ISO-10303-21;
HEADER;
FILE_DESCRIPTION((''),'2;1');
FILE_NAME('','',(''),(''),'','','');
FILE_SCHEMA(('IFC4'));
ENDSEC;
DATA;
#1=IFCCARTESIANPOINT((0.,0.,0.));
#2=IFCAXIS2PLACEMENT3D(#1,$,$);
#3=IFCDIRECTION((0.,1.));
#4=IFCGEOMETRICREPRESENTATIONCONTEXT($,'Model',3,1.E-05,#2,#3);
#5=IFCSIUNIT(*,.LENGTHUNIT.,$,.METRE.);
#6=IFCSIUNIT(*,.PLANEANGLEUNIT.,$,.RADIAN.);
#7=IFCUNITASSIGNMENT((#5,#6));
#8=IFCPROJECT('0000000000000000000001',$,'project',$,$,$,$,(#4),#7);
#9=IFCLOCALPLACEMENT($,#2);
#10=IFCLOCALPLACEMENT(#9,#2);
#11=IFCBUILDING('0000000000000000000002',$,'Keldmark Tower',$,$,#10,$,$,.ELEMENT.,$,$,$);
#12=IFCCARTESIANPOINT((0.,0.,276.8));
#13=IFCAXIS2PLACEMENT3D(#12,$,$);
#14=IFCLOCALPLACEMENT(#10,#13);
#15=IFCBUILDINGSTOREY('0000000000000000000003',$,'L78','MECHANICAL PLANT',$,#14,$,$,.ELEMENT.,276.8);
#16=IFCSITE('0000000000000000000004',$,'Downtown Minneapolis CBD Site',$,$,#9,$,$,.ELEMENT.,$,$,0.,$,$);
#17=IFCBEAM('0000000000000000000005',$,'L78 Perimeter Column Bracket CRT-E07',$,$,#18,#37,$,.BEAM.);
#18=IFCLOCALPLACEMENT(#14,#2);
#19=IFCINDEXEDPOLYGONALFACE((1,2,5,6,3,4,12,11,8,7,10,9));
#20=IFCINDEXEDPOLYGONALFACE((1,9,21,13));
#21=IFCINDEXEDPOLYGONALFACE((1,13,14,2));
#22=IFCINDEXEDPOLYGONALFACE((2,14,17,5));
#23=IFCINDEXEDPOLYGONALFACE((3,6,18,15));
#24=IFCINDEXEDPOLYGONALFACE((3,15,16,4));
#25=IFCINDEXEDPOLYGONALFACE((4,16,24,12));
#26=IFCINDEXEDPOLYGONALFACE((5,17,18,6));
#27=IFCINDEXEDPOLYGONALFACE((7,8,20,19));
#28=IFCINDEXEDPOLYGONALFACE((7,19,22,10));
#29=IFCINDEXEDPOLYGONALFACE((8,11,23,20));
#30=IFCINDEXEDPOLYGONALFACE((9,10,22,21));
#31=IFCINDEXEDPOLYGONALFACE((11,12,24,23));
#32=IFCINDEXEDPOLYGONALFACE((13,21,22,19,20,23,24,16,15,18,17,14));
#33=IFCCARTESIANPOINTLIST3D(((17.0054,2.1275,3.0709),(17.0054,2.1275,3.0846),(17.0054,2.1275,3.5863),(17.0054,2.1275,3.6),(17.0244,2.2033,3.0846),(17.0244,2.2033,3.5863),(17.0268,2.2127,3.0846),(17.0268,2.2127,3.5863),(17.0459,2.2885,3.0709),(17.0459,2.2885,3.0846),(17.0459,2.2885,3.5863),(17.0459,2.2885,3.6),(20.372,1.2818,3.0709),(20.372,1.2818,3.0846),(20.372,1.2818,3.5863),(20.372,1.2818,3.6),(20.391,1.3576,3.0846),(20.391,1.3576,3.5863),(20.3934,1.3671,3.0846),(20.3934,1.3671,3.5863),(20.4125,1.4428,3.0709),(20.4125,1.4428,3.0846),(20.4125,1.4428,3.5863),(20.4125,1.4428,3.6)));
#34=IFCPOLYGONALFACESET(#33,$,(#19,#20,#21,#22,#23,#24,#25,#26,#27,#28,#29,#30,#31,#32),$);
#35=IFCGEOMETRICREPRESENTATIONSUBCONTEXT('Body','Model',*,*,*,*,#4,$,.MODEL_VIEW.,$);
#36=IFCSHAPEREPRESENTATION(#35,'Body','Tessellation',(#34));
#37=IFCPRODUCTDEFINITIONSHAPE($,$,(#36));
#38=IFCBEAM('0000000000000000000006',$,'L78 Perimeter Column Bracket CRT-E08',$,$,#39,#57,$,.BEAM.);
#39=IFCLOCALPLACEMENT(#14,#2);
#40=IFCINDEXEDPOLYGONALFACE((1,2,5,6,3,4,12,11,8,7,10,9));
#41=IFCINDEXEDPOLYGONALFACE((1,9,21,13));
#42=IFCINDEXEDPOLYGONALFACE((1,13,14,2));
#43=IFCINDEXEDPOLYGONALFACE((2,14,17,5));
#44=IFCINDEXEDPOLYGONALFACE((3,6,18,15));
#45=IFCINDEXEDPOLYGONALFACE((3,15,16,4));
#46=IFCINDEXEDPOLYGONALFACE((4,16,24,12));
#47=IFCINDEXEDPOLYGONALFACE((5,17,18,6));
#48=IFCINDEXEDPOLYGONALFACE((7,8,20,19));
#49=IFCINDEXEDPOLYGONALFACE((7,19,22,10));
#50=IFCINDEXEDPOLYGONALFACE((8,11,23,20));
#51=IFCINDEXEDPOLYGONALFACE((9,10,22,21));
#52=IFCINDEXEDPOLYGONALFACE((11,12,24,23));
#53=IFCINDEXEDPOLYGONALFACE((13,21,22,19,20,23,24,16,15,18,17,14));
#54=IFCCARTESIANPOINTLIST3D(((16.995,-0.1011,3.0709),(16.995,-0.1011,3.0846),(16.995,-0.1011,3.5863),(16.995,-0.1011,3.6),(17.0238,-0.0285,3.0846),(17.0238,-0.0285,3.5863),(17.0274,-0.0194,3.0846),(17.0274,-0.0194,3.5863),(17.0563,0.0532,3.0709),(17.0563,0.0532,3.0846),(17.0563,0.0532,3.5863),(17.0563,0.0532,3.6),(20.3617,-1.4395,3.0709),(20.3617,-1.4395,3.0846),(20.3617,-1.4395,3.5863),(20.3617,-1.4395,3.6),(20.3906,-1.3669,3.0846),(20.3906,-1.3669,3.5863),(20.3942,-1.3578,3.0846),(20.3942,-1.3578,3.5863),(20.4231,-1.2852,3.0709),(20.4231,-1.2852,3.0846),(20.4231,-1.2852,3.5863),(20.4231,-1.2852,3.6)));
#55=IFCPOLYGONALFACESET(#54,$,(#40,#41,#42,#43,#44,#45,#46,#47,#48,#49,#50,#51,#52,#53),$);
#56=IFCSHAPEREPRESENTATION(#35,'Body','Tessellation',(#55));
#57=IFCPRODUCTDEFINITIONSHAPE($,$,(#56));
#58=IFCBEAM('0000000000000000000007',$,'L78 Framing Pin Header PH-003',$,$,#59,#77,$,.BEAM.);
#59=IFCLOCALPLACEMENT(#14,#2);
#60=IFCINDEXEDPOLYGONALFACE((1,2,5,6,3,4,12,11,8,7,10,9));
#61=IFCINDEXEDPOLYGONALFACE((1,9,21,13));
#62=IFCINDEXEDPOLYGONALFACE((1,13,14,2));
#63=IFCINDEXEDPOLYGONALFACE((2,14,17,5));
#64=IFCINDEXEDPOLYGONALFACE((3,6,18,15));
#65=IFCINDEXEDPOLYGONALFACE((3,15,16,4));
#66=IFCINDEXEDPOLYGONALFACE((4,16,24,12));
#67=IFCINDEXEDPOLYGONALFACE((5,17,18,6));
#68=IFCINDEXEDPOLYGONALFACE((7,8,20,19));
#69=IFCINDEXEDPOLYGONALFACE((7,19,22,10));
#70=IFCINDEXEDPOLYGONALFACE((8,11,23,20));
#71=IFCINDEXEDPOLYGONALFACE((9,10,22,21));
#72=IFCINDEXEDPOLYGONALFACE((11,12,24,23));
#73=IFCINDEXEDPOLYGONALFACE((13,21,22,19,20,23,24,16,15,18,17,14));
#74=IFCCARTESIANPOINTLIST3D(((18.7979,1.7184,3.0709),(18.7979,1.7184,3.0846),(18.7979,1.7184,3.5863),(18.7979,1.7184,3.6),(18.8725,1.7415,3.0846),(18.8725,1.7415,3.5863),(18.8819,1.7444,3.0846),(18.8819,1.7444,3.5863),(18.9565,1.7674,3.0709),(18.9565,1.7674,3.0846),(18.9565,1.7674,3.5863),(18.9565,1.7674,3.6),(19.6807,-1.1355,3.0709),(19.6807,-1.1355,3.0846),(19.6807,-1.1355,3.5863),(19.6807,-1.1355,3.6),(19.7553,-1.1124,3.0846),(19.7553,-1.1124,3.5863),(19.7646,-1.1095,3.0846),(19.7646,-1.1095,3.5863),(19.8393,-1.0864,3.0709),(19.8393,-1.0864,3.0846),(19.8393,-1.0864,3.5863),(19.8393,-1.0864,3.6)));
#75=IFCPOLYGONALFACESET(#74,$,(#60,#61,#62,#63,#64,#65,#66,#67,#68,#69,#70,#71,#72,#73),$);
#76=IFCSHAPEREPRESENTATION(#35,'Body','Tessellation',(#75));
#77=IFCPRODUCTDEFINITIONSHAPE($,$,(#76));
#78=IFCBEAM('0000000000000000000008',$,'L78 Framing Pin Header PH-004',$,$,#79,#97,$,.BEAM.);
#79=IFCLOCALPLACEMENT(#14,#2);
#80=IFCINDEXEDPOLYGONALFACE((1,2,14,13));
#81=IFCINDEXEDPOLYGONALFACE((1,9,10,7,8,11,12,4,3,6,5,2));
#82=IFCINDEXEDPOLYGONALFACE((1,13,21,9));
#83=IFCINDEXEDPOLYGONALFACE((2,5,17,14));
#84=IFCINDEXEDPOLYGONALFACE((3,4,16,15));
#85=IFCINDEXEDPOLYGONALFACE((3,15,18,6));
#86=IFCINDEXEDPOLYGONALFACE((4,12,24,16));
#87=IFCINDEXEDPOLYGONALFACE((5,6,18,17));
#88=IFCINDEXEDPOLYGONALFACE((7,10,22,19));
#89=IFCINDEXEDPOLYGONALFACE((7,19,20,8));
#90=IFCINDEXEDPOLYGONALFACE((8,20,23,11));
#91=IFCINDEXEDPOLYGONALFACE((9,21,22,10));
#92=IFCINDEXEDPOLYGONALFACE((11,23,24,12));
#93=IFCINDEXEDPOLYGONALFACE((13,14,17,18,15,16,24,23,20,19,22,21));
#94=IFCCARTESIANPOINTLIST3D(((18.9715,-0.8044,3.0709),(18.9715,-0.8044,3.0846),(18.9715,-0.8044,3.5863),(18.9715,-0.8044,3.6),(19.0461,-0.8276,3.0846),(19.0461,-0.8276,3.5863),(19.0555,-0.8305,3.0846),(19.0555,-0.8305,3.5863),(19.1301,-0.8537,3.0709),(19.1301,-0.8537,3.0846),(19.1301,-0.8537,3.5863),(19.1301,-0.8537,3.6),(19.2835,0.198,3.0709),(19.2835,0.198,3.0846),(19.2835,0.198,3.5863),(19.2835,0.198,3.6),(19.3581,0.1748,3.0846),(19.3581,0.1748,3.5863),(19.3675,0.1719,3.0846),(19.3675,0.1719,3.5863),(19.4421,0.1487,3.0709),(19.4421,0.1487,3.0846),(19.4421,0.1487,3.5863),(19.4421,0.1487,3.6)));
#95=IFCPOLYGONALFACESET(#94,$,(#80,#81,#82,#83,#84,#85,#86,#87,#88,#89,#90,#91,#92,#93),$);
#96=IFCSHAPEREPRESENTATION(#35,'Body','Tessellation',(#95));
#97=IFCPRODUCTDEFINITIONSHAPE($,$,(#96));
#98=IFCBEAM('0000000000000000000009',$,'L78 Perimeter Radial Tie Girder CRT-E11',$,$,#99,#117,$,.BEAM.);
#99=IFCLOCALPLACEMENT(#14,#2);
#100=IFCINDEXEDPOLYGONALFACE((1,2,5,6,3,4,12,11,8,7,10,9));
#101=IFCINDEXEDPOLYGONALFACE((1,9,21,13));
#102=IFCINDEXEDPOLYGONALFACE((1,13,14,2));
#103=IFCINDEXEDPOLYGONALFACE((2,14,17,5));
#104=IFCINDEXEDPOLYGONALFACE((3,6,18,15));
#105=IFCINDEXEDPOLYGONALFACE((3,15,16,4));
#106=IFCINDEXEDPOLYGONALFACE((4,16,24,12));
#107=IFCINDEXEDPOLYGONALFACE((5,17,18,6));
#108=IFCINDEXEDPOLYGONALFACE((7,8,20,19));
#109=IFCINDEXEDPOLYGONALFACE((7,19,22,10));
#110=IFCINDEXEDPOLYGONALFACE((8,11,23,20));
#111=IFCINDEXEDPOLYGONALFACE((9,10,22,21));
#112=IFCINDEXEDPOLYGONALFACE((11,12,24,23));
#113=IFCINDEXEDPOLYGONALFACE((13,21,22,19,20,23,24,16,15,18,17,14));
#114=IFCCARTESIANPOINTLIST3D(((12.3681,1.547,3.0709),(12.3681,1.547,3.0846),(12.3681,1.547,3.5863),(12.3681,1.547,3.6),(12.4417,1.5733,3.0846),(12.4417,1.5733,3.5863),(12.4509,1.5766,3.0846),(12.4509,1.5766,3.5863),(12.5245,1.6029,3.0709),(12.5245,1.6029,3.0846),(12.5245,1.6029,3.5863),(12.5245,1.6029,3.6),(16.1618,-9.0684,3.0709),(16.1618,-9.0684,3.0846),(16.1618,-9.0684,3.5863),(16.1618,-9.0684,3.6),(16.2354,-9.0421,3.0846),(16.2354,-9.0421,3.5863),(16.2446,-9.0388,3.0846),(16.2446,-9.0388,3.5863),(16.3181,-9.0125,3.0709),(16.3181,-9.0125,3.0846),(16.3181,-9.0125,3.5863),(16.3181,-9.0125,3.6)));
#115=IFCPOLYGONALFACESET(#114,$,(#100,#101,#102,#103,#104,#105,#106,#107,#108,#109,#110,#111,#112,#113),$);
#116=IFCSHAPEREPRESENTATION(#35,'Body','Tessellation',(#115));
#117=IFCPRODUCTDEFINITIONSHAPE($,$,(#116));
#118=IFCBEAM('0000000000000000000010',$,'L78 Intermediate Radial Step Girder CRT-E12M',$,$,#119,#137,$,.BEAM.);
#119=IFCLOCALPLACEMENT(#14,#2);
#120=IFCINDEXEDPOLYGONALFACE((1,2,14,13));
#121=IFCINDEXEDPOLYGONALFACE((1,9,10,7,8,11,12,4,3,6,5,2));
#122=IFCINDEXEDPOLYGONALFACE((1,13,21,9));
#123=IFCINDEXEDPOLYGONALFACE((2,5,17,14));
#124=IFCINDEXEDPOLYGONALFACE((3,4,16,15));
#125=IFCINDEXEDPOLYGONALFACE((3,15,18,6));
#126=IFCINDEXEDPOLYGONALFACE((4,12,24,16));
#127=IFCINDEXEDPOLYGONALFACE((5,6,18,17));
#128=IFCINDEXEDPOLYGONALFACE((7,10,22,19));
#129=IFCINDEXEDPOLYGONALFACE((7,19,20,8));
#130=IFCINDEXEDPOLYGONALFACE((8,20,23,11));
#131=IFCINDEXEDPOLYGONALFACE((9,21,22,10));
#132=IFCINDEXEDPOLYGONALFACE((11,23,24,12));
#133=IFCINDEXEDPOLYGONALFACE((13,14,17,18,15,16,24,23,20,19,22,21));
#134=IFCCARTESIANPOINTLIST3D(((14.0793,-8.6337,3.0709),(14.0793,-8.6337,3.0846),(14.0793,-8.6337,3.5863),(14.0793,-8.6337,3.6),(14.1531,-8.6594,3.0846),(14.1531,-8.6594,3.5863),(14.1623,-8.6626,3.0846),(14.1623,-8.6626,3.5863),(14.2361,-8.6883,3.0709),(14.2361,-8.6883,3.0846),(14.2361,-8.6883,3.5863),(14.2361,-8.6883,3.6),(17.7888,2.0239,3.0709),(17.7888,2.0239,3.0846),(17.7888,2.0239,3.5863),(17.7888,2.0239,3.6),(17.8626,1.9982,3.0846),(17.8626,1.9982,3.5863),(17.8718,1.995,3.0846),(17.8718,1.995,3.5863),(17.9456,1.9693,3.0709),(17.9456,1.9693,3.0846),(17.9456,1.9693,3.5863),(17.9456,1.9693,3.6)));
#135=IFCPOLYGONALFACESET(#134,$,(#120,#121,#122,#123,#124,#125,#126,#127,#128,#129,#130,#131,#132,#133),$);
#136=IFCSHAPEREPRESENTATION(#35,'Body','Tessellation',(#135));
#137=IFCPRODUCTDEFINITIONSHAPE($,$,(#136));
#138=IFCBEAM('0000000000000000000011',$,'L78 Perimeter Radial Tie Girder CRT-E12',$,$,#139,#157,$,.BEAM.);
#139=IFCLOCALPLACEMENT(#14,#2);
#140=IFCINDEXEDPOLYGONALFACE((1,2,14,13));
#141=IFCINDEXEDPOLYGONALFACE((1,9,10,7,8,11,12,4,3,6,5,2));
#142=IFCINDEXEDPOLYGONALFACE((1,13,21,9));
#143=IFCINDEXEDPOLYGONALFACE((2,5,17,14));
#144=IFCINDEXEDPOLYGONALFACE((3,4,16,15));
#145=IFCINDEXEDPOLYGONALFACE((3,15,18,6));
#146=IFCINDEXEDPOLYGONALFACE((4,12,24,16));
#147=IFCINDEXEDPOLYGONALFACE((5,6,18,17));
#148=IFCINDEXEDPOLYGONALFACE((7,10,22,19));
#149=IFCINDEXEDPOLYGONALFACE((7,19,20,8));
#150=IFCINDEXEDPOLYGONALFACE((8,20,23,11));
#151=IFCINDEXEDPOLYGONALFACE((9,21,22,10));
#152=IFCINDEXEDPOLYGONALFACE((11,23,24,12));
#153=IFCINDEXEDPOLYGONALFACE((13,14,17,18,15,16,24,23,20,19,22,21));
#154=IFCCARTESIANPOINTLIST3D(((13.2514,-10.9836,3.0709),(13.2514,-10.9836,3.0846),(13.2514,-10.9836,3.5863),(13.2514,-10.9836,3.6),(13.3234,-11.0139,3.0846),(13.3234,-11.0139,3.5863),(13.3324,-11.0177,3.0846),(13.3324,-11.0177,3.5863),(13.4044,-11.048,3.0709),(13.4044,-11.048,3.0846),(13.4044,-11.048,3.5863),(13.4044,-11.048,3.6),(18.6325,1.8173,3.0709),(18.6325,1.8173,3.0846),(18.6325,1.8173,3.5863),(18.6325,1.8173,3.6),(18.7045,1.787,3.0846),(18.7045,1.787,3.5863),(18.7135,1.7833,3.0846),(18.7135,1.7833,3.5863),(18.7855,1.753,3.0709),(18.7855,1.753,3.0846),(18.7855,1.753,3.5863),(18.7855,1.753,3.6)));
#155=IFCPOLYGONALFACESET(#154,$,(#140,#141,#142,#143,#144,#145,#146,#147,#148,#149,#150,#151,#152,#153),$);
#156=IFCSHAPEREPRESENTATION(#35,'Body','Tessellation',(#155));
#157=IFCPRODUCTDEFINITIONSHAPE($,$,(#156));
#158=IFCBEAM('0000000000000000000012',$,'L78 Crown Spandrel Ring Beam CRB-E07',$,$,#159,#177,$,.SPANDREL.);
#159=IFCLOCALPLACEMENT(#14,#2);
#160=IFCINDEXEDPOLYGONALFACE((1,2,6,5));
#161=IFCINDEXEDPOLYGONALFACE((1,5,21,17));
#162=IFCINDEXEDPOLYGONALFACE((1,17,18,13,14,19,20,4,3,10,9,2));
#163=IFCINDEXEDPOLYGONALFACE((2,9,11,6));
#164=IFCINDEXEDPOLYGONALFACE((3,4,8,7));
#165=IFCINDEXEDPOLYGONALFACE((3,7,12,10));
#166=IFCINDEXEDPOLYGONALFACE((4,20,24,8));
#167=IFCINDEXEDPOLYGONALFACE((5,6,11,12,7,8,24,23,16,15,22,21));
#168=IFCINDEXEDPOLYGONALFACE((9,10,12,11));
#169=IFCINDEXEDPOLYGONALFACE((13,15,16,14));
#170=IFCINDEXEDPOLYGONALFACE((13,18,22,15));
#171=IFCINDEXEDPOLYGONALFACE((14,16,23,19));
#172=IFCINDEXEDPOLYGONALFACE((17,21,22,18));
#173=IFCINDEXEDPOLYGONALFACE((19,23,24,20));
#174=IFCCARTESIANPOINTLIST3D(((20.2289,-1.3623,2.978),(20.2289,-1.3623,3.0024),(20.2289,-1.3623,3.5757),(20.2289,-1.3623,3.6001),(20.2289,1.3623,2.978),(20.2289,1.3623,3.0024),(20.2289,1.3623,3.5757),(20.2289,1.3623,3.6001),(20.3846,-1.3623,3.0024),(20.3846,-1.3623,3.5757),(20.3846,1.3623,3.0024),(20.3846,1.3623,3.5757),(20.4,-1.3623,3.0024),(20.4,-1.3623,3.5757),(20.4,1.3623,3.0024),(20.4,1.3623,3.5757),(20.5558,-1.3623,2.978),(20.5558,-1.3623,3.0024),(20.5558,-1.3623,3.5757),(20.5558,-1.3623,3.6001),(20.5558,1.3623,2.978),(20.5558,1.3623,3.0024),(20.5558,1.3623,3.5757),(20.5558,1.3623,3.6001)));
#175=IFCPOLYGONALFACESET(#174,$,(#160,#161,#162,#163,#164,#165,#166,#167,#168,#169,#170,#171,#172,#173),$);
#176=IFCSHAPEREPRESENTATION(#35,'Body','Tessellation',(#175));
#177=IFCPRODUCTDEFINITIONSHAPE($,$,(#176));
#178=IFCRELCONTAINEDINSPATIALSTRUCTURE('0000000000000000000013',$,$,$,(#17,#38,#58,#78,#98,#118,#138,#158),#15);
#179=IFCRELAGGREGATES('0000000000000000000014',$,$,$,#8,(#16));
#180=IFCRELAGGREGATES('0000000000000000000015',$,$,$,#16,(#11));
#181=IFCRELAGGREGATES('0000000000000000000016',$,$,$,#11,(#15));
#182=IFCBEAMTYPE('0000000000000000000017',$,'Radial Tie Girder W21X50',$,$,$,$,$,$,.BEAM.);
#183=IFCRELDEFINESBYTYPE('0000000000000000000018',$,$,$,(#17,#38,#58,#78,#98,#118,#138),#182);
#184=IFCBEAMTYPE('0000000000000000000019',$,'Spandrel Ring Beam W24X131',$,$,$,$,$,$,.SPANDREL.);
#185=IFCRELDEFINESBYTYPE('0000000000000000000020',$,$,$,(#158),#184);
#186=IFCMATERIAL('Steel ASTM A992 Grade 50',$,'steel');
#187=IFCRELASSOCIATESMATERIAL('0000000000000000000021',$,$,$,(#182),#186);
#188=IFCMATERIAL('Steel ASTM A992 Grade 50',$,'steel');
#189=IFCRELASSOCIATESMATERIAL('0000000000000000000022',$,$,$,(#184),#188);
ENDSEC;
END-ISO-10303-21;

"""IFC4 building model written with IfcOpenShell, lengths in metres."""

from ifc_helpers import new_model, si_unit, direction, frame, origin, origin_2d, place, context, subcontext, project, spatial, i_section, extrude, material, material_profile, profile_set, type_object, element, save


model = new_model("IFC4")

# Units and contexts
model_context = context("Model", 3, precision=1e-05, world=origin(), true_north=direction((0.0, 1.0)))
body_context = subcontext(model_context, "Body", "Model", "MODEL_VIEW")
ifc_project = project(units=[si_unit("LENGTHUNIT", "METRE"), si_unit("PLANEANGLEUNIT", "RADIAN")], contexts=[model_context])

# Site, building, storey
site_placement = place(None, origin())
site = spatial("IfcSite", under=ifc_project, at=site_placement, Name="Downtown Minneapolis CBD Site", CompositionType="ELEMENT", RefElevation=0.0)
building_placement = place(site_placement, origin())
building = spatial("IfcBuilding", under=site, at=building_placement, Name="Keldmark Tower", CompositionType="ELEMENT")
storey_placement = place(building_placement, frame((0.0, 0.0, 276.8)))
storey = spatial("IfcBuildingStorey", under=building, at=storey_placement, Name="L78", Description="MECHANICAL PLANT", CompositionType="ELEMENT", Elevation=276.8)

# Beams
ifc_material_1 = material(Name="Steel ASTM A992 Grade 50", Category="steel")
ifc_material_profile_1 = material_profile(ifc_material_1, i_section(OverallWidth=0.166, OverallDepth=0.5291, WebThickness=0.0098, FlangeThickness=0.0137, at=origin_2d()), Name="W21X50")
ifc_profile_set_1 = profile_set([ifc_material_profile_1], Name="Steel ASTM A992 Grade 50")
beam_type_1 = type_object("IfcBeamType", Name="Radial Tie Girder W21X50", PredefinedType="BEAM", material=ifc_profile_set_1)
beam_1_placement = place(storey_placement, frame((17.0256, 2.208, 3.3354), z_axis=(0.969869, -0.243628, 0.0), x_axis=(0.243628, 0.969869, 0.0)))
element("IfcBeam", 1, at=beam_1_placement, inside=storey, type_object=beam_type_1, Name="L78 Perimeter Column Bracket CRT-E07", PredefinedType="BEAM", context=body_context, shape_type="SweptSolid", body=[
    extrude(i_section(OverallWidth=0.166, OverallDepth=0.5291, WebThickness=0.0098, FlangeThickness=0.0137, at=origin_2d()), origin(), (0.0, 0.0, 1.0), 3.4712),
])
beam_2_placement = place(storey_placement, frame((17.0256, -0.0239, 3.3354), z_axis=(0.929265, -0.369415, 0.0), x_axis=(0.369415, 0.929265, 0.0)))
element("IfcBeam", 2, at=beam_2_placement, inside=storey, type_object=beam_type_1, Name="L78 Perimeter Column Bracket CRT-E08", PredefinedType="BEAM", context=body_context, shape_type="SweptSolid", body=[
    extrude(i_section(OverallWidth=0.166, OverallDepth=0.5291, WebThickness=0.0098, FlangeThickness=0.0137, at=origin_2d()), origin(), (0.0, 0.0, 1.0), 3.623),
])
beam_3_placement = place(storey_placement, frame((18.8772, 1.7429, 3.3354), z_axis=(0.29551, -0.95534, 0.0), x_axis=(0.95534, 0.29551, 0.0)))
element("IfcBeam", 3, at=beam_3_placement, inside=storey, type_object=beam_type_1, Name="L78 Framing Pin Header PH-003", PredefinedType="BEAM", context=body_context, shape_type="SweptSolid", body=[
    extrude(i_section(OverallWidth=0.166, OverallDepth=0.5291, WebThickness=0.0098, FlangeThickness=0.0137, at=origin_2d()), origin(), (0.0, 0.0, 1.0), 2.9873),
])
beam_4_placement = place(storey_placement, frame((19.3628, 0.1733, 3.3354), z_axis=(-0.297189, -0.954819, 0.0), x_axis=(0.954819, -0.297189, 0.0)))
element("IfcBeam", 4, at=beam_4_placement, inside=storey, type_object=beam_type_1, Name="L78 Framing Pin Header PH-004", PredefinedType="BEAM", context=body_context, shape_type="SweptSolid", body=[
    extrude(i_section(OverallWidth=0.166, OverallDepth=0.5291, WebThickness=0.0098, FlangeThickness=0.0137, at=origin_2d()), origin(), (0.0, 0.0, 1.0), 1.0498),
])
beam_5_placement = place(storey_placement, frame((12.4463, 1.575, 3.3354), z_axis=(0.33653, -0.941673, 0.0), x_axis=(0.941673, 0.33653, 0.0)))
element("IfcBeam", 5, at=beam_5_placement, inside=storey, type_object=beam_type_1, Name="L78 Perimeter Radial Tie Girder CRT-E11", PredefinedType="BEAM", context=body_context, shape_type="SweptSolid", body=[
    extrude(i_section(OverallWidth=0.166, OverallDepth=0.5291, WebThickness=0.0098, FlangeThickness=0.0137, at=origin_2d()), origin(), (0.0, 0.0, 1.0), 11.2729),
])
beam_6_placement = place(storey_placement, frame((17.8672, 1.9966, 3.3354), z_axis=(-0.32872, -0.944427, 0.0), x_axis=(0.944427, -0.32872, 0.0)))
element("IfcBeam", 6, at=beam_6_placement, inside=storey, type_object=beam_type_1, Name="L78 Intermediate Radial Step Girder CRT-E12M", PredefinedType="BEAM", context=body_context, shape_type="SweptSolid", body=[
    extrude(i_section(OverallWidth=0.166, OverallDepth=0.5291, WebThickness=0.0098, FlangeThickness=0.0137, at=origin_2d()), origin(), (0.0, 0.0, 1.0), 11.2847),
])
beam_7_placement = place(storey_placement, frame((18.709, 1.7852, 3.3354), z_axis=(-0.387519, -0.921862, 0.0), x_axis=(0.921862, -0.387519, 0.0)))
element("IfcBeam", 7, at=beam_7_placement, inside=storey, type_object=beam_type_1, Name="L78 Perimeter Radial Tie Girder CRT-E12", PredefinedType="BEAM", context=body_context, shape_type="SweptSolid", body=[
    extrude(i_section(OverallWidth=0.166, OverallDepth=0.5291, WebThickness=0.0098, FlangeThickness=0.0137, at=origin_2d()), origin(), (0.0, 0.0, 1.0), 13.886),
])
ifc_material_2 = material(Name="Steel ASTM A992 Grade 50", Category="steel")
ifc_material_profile_2 = material_profile(ifc_material_2, i_section(OverallWidth=0.3269, OverallDepth=0.6221, WebThickness=0.0154, FlangeThickness=0.0244, at=origin_2d()), Name="W24X131")
ifc_profile_set_2 = profile_set([ifc_material_profile_2], Name="Steel ASTM A992 Grade 50")
beam_type_2 = type_object("IfcBeamType", Name="Spandrel Ring Beam W24X131", PredefinedType="SPANDREL", material=ifc_profile_set_2)
beam_8_placement = place(storey_placement, frame((20.3923, 1.3623, 3.2891), z_axis=(0.0, -1.0, 0.0), x_axis=(1.0, 0.0, 0.0)))
element("IfcBeam", 8, at=beam_8_placement, inside=storey, type_object=beam_type_2, Name="L78 Crown Spandrel Ring Beam CRB-E07", PredefinedType="SPANDREL", context=body_context, shape_type="SweptSolid", body=[
    extrude(i_section(OverallWidth=0.3269, OverallDepth=0.6221, WebThickness=0.0154, FlangeThickness=0.0244, at=origin_2d()), origin(), (0.0, 0.0, 1.0), 2.7246),
])

save(model, "model.ifc")
